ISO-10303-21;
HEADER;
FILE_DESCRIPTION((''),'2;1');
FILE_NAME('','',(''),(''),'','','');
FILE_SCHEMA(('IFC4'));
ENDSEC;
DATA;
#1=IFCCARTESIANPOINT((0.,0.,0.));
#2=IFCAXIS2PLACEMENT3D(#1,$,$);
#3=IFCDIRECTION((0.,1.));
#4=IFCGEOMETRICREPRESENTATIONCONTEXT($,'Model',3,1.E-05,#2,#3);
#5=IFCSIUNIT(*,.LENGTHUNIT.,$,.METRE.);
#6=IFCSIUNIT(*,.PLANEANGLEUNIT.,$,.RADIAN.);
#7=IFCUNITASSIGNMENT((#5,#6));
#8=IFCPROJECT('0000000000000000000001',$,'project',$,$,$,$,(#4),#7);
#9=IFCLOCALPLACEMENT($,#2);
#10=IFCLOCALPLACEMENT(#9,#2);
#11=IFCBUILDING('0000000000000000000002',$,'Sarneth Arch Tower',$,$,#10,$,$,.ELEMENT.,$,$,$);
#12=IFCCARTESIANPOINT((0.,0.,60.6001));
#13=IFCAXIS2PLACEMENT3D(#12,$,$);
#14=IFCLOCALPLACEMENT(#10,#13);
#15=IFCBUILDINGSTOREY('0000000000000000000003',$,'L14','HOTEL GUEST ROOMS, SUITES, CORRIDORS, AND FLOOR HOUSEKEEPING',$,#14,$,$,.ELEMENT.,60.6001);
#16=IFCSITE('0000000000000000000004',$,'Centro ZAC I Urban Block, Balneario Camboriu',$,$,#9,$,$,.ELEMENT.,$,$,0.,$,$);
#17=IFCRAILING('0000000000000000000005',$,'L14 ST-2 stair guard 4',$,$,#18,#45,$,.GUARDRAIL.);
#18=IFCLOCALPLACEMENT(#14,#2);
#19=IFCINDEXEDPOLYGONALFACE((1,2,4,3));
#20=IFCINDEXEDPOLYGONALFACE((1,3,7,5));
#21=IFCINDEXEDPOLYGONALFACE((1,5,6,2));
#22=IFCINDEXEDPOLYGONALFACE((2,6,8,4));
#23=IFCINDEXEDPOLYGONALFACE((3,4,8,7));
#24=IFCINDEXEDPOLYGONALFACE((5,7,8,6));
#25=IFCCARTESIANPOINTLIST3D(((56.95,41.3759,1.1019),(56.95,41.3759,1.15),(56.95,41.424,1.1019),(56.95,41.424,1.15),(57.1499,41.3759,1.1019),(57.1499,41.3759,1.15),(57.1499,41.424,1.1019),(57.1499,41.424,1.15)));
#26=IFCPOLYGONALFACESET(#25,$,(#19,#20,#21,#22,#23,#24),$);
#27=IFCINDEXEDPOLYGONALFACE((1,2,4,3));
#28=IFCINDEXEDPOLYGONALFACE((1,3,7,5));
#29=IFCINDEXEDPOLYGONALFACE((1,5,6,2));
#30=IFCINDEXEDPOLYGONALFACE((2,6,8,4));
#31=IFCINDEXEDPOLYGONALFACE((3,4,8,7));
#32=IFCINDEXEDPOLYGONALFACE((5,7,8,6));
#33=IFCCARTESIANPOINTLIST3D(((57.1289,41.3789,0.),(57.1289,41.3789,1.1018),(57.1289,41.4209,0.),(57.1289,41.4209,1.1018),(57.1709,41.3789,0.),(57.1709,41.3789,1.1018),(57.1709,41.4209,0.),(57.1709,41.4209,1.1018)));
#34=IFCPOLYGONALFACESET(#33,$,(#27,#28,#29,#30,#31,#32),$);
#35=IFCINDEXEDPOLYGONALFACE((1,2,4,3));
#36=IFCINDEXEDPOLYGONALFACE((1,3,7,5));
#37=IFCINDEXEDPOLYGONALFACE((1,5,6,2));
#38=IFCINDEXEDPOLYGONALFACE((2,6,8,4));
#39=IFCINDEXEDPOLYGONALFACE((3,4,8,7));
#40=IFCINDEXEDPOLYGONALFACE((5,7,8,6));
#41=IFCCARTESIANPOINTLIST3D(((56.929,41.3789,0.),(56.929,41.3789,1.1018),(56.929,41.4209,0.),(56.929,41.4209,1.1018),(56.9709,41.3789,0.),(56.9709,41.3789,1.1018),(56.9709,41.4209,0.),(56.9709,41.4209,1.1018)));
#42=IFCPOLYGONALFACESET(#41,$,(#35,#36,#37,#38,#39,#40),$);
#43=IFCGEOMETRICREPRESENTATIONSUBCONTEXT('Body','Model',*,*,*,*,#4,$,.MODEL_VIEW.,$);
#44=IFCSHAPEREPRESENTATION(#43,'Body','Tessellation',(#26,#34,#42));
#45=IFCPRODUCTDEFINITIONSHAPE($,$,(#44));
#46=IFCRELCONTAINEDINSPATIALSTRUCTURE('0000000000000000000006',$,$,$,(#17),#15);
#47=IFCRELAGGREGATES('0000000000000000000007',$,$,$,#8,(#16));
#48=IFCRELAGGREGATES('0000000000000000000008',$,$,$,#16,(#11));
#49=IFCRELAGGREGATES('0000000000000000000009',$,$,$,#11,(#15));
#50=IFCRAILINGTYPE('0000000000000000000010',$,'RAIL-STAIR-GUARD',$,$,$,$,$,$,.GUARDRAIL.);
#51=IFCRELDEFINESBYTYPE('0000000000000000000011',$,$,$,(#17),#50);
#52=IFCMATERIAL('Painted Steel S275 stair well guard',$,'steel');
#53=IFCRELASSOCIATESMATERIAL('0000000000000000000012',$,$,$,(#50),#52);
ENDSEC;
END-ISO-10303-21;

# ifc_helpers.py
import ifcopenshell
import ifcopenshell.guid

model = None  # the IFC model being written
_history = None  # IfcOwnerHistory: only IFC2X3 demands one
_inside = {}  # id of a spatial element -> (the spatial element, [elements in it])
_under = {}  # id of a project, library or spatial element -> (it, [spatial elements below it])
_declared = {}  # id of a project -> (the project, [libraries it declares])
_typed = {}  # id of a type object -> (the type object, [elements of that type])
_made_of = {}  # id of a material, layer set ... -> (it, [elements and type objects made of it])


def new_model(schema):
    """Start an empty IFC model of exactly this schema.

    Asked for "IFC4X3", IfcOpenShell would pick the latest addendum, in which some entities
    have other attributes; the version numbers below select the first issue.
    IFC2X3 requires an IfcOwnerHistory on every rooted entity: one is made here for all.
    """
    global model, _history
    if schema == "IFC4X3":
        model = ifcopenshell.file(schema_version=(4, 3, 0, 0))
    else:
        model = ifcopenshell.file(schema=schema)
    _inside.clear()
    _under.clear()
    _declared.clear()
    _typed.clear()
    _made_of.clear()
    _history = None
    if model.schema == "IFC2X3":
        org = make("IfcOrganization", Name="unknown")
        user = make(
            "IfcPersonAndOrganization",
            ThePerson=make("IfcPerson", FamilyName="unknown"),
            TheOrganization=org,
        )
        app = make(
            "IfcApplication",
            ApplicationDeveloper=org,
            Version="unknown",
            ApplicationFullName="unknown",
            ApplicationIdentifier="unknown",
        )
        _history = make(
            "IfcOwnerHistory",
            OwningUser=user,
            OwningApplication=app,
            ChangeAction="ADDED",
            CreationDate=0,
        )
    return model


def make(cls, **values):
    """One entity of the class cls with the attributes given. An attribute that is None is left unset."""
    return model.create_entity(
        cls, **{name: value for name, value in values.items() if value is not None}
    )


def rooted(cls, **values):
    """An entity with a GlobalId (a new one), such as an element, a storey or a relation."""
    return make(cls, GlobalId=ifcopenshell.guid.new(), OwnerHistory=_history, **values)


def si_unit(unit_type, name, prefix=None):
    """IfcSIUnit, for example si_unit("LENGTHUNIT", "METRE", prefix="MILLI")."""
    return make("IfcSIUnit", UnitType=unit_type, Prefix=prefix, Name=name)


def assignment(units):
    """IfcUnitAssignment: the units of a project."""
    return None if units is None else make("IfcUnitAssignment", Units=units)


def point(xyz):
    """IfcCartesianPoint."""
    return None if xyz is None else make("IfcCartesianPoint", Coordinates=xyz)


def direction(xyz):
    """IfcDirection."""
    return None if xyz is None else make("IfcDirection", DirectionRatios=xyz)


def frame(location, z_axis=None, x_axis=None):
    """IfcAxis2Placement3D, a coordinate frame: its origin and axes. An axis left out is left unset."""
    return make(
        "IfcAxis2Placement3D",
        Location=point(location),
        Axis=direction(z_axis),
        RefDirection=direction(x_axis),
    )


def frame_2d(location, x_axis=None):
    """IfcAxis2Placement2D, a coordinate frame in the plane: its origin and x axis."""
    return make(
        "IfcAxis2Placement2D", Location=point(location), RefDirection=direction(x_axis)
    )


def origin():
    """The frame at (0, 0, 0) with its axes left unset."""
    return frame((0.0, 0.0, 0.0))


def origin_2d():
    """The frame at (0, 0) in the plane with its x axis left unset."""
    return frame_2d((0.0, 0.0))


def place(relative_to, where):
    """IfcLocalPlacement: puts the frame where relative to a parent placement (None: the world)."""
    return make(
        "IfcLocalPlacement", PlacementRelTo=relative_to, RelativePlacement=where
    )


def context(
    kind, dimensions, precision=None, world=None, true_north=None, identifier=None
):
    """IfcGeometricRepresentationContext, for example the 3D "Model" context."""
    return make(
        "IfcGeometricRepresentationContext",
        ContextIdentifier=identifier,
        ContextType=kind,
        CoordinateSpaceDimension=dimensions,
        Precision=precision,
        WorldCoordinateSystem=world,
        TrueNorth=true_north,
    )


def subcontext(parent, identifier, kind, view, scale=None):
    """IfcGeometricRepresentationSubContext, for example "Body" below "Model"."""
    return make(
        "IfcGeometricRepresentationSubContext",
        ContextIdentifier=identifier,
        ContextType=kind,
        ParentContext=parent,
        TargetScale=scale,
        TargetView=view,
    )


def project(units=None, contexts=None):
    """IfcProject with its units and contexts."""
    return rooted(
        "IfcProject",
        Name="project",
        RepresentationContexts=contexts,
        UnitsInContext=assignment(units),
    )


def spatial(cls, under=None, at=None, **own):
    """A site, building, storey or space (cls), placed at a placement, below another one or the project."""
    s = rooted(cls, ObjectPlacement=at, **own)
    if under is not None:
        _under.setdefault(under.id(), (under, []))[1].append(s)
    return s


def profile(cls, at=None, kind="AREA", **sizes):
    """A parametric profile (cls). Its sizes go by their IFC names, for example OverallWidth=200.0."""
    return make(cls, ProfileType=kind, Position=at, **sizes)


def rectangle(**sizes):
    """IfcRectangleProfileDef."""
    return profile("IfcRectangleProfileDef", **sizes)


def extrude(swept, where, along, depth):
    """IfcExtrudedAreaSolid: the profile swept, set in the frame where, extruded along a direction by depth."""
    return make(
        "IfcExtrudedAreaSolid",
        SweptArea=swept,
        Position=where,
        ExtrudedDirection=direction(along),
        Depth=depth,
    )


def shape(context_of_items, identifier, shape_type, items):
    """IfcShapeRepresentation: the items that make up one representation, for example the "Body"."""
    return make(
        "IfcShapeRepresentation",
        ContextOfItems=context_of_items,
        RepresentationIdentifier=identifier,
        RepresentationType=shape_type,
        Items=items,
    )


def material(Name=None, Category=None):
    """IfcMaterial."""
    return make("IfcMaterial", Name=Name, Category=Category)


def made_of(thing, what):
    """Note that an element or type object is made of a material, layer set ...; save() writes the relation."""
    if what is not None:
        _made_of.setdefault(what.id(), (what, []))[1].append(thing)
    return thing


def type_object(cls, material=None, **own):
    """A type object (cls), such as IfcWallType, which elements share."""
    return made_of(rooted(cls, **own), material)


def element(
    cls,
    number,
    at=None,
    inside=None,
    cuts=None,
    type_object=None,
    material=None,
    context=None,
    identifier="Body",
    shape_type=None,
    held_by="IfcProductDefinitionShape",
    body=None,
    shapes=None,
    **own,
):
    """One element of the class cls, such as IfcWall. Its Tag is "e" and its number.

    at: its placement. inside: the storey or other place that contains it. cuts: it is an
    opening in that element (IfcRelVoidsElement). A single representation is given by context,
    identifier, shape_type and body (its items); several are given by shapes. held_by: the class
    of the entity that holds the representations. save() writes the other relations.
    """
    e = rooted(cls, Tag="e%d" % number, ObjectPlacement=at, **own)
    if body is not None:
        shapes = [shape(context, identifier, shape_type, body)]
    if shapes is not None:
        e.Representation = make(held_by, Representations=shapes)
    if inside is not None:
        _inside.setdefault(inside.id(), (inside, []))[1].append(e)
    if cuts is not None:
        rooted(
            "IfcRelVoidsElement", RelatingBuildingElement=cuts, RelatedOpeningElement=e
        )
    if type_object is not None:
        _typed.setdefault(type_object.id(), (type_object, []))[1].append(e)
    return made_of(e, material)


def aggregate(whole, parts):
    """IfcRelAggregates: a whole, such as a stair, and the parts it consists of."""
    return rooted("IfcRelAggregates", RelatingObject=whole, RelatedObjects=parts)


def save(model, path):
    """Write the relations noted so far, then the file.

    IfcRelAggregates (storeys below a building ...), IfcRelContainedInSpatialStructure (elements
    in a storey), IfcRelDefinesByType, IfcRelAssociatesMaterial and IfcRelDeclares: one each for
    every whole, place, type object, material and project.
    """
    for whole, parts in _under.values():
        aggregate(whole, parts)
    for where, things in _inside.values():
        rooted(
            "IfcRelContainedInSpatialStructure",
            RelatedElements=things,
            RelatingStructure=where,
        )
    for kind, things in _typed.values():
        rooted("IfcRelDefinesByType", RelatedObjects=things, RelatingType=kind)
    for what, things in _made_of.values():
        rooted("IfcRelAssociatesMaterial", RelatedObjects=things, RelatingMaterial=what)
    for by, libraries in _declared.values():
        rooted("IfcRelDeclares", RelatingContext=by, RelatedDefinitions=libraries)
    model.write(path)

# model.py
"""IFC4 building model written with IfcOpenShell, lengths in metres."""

from ifc_helpers import new_model, si_unit, direction, frame, origin, origin_2d, place, context, subcontext, project, spatial, rectangle, extrude, material, type_object, element, save


model = new_model("IFC4")

# Units and contexts
model_context = context("Model", 3, precision=1e-05, world=origin(), true_north=direction((0.0, 1.0)))
body_context = subcontext(model_context, "Body", "Model", "MODEL_VIEW")
ifc_project = project(units=[si_unit("LENGTHUNIT", "METRE"), si_unit("PLANEANGLEUNIT", "RADIAN")], contexts=[model_context])

# Site, building, storey
site_placement = place(None, origin())
site = spatial("IfcSite", under=ifc_project, at=site_placement, Name="Centro ZAC I Urban Block, Balneario Camboriu", CompositionType="ELEMENT", RefElevation=0.0)
building_placement = place(site_placement, origin())
building = spatial("IfcBuilding", under=site, at=building_placement, Name="Sarneth Arch Tower", CompositionType="ELEMENT")
storey_placement = place(building_placement, frame((0.0, 0.0, 60.6001)))
storey = spatial("IfcBuildingStorey", under=building, at=storey_placement, Name="L14", Description="HOTEL GUEST ROOMS, SUITES, CORRIDORS, AND FLOOR HOUSEKEEPING", CompositionType="ELEMENT", Elevation=60.6001)

# Railing
ifc_material_1 = material(Name="Painted Steel S275 stair well guard", Category="steel")
railing_type_1 = type_object("IfcRailingType", Name="RAIL-STAIR-GUARD", PredefinedType="GUARDRAIL", material=ifc_material_1)
railing_1_placement = place(storey_placement, frame((57.1499, 41.3999, 0.0)))
element("IfcRailing", 1, at=railing_1_placement, inside=storey, type_object=railing_type_1, Name="L14 ST-2 stair guard 4", PredefinedType="GUARDRAIL", context=body_context, shape_type="SweptSolid", body=[
    extrude(rectangle(XDim=0.0481, YDim=0.0481, at=origin_2d()), frame((0.0, 0.0, 1.126), z_axis=(-1.0, 0.0, 0.0), x_axis=(0.0, -1.0, 0.0)), (0.0, 0.0, 1.0), 0.2),
    extrude(rectangle(XDim=0.042, YDim=0.042, at=origin_2d()), origin(), (0.0, 0.0, 1.0), 1.1018),
    extrude(rectangle(XDim=0.042, YDim=0.042, at=origin_2d()), frame((-0.2, 0.0, 0.0)), (0.0, 0.0, 1.0), 1.1018),
])

save(model, "model.ifc")
